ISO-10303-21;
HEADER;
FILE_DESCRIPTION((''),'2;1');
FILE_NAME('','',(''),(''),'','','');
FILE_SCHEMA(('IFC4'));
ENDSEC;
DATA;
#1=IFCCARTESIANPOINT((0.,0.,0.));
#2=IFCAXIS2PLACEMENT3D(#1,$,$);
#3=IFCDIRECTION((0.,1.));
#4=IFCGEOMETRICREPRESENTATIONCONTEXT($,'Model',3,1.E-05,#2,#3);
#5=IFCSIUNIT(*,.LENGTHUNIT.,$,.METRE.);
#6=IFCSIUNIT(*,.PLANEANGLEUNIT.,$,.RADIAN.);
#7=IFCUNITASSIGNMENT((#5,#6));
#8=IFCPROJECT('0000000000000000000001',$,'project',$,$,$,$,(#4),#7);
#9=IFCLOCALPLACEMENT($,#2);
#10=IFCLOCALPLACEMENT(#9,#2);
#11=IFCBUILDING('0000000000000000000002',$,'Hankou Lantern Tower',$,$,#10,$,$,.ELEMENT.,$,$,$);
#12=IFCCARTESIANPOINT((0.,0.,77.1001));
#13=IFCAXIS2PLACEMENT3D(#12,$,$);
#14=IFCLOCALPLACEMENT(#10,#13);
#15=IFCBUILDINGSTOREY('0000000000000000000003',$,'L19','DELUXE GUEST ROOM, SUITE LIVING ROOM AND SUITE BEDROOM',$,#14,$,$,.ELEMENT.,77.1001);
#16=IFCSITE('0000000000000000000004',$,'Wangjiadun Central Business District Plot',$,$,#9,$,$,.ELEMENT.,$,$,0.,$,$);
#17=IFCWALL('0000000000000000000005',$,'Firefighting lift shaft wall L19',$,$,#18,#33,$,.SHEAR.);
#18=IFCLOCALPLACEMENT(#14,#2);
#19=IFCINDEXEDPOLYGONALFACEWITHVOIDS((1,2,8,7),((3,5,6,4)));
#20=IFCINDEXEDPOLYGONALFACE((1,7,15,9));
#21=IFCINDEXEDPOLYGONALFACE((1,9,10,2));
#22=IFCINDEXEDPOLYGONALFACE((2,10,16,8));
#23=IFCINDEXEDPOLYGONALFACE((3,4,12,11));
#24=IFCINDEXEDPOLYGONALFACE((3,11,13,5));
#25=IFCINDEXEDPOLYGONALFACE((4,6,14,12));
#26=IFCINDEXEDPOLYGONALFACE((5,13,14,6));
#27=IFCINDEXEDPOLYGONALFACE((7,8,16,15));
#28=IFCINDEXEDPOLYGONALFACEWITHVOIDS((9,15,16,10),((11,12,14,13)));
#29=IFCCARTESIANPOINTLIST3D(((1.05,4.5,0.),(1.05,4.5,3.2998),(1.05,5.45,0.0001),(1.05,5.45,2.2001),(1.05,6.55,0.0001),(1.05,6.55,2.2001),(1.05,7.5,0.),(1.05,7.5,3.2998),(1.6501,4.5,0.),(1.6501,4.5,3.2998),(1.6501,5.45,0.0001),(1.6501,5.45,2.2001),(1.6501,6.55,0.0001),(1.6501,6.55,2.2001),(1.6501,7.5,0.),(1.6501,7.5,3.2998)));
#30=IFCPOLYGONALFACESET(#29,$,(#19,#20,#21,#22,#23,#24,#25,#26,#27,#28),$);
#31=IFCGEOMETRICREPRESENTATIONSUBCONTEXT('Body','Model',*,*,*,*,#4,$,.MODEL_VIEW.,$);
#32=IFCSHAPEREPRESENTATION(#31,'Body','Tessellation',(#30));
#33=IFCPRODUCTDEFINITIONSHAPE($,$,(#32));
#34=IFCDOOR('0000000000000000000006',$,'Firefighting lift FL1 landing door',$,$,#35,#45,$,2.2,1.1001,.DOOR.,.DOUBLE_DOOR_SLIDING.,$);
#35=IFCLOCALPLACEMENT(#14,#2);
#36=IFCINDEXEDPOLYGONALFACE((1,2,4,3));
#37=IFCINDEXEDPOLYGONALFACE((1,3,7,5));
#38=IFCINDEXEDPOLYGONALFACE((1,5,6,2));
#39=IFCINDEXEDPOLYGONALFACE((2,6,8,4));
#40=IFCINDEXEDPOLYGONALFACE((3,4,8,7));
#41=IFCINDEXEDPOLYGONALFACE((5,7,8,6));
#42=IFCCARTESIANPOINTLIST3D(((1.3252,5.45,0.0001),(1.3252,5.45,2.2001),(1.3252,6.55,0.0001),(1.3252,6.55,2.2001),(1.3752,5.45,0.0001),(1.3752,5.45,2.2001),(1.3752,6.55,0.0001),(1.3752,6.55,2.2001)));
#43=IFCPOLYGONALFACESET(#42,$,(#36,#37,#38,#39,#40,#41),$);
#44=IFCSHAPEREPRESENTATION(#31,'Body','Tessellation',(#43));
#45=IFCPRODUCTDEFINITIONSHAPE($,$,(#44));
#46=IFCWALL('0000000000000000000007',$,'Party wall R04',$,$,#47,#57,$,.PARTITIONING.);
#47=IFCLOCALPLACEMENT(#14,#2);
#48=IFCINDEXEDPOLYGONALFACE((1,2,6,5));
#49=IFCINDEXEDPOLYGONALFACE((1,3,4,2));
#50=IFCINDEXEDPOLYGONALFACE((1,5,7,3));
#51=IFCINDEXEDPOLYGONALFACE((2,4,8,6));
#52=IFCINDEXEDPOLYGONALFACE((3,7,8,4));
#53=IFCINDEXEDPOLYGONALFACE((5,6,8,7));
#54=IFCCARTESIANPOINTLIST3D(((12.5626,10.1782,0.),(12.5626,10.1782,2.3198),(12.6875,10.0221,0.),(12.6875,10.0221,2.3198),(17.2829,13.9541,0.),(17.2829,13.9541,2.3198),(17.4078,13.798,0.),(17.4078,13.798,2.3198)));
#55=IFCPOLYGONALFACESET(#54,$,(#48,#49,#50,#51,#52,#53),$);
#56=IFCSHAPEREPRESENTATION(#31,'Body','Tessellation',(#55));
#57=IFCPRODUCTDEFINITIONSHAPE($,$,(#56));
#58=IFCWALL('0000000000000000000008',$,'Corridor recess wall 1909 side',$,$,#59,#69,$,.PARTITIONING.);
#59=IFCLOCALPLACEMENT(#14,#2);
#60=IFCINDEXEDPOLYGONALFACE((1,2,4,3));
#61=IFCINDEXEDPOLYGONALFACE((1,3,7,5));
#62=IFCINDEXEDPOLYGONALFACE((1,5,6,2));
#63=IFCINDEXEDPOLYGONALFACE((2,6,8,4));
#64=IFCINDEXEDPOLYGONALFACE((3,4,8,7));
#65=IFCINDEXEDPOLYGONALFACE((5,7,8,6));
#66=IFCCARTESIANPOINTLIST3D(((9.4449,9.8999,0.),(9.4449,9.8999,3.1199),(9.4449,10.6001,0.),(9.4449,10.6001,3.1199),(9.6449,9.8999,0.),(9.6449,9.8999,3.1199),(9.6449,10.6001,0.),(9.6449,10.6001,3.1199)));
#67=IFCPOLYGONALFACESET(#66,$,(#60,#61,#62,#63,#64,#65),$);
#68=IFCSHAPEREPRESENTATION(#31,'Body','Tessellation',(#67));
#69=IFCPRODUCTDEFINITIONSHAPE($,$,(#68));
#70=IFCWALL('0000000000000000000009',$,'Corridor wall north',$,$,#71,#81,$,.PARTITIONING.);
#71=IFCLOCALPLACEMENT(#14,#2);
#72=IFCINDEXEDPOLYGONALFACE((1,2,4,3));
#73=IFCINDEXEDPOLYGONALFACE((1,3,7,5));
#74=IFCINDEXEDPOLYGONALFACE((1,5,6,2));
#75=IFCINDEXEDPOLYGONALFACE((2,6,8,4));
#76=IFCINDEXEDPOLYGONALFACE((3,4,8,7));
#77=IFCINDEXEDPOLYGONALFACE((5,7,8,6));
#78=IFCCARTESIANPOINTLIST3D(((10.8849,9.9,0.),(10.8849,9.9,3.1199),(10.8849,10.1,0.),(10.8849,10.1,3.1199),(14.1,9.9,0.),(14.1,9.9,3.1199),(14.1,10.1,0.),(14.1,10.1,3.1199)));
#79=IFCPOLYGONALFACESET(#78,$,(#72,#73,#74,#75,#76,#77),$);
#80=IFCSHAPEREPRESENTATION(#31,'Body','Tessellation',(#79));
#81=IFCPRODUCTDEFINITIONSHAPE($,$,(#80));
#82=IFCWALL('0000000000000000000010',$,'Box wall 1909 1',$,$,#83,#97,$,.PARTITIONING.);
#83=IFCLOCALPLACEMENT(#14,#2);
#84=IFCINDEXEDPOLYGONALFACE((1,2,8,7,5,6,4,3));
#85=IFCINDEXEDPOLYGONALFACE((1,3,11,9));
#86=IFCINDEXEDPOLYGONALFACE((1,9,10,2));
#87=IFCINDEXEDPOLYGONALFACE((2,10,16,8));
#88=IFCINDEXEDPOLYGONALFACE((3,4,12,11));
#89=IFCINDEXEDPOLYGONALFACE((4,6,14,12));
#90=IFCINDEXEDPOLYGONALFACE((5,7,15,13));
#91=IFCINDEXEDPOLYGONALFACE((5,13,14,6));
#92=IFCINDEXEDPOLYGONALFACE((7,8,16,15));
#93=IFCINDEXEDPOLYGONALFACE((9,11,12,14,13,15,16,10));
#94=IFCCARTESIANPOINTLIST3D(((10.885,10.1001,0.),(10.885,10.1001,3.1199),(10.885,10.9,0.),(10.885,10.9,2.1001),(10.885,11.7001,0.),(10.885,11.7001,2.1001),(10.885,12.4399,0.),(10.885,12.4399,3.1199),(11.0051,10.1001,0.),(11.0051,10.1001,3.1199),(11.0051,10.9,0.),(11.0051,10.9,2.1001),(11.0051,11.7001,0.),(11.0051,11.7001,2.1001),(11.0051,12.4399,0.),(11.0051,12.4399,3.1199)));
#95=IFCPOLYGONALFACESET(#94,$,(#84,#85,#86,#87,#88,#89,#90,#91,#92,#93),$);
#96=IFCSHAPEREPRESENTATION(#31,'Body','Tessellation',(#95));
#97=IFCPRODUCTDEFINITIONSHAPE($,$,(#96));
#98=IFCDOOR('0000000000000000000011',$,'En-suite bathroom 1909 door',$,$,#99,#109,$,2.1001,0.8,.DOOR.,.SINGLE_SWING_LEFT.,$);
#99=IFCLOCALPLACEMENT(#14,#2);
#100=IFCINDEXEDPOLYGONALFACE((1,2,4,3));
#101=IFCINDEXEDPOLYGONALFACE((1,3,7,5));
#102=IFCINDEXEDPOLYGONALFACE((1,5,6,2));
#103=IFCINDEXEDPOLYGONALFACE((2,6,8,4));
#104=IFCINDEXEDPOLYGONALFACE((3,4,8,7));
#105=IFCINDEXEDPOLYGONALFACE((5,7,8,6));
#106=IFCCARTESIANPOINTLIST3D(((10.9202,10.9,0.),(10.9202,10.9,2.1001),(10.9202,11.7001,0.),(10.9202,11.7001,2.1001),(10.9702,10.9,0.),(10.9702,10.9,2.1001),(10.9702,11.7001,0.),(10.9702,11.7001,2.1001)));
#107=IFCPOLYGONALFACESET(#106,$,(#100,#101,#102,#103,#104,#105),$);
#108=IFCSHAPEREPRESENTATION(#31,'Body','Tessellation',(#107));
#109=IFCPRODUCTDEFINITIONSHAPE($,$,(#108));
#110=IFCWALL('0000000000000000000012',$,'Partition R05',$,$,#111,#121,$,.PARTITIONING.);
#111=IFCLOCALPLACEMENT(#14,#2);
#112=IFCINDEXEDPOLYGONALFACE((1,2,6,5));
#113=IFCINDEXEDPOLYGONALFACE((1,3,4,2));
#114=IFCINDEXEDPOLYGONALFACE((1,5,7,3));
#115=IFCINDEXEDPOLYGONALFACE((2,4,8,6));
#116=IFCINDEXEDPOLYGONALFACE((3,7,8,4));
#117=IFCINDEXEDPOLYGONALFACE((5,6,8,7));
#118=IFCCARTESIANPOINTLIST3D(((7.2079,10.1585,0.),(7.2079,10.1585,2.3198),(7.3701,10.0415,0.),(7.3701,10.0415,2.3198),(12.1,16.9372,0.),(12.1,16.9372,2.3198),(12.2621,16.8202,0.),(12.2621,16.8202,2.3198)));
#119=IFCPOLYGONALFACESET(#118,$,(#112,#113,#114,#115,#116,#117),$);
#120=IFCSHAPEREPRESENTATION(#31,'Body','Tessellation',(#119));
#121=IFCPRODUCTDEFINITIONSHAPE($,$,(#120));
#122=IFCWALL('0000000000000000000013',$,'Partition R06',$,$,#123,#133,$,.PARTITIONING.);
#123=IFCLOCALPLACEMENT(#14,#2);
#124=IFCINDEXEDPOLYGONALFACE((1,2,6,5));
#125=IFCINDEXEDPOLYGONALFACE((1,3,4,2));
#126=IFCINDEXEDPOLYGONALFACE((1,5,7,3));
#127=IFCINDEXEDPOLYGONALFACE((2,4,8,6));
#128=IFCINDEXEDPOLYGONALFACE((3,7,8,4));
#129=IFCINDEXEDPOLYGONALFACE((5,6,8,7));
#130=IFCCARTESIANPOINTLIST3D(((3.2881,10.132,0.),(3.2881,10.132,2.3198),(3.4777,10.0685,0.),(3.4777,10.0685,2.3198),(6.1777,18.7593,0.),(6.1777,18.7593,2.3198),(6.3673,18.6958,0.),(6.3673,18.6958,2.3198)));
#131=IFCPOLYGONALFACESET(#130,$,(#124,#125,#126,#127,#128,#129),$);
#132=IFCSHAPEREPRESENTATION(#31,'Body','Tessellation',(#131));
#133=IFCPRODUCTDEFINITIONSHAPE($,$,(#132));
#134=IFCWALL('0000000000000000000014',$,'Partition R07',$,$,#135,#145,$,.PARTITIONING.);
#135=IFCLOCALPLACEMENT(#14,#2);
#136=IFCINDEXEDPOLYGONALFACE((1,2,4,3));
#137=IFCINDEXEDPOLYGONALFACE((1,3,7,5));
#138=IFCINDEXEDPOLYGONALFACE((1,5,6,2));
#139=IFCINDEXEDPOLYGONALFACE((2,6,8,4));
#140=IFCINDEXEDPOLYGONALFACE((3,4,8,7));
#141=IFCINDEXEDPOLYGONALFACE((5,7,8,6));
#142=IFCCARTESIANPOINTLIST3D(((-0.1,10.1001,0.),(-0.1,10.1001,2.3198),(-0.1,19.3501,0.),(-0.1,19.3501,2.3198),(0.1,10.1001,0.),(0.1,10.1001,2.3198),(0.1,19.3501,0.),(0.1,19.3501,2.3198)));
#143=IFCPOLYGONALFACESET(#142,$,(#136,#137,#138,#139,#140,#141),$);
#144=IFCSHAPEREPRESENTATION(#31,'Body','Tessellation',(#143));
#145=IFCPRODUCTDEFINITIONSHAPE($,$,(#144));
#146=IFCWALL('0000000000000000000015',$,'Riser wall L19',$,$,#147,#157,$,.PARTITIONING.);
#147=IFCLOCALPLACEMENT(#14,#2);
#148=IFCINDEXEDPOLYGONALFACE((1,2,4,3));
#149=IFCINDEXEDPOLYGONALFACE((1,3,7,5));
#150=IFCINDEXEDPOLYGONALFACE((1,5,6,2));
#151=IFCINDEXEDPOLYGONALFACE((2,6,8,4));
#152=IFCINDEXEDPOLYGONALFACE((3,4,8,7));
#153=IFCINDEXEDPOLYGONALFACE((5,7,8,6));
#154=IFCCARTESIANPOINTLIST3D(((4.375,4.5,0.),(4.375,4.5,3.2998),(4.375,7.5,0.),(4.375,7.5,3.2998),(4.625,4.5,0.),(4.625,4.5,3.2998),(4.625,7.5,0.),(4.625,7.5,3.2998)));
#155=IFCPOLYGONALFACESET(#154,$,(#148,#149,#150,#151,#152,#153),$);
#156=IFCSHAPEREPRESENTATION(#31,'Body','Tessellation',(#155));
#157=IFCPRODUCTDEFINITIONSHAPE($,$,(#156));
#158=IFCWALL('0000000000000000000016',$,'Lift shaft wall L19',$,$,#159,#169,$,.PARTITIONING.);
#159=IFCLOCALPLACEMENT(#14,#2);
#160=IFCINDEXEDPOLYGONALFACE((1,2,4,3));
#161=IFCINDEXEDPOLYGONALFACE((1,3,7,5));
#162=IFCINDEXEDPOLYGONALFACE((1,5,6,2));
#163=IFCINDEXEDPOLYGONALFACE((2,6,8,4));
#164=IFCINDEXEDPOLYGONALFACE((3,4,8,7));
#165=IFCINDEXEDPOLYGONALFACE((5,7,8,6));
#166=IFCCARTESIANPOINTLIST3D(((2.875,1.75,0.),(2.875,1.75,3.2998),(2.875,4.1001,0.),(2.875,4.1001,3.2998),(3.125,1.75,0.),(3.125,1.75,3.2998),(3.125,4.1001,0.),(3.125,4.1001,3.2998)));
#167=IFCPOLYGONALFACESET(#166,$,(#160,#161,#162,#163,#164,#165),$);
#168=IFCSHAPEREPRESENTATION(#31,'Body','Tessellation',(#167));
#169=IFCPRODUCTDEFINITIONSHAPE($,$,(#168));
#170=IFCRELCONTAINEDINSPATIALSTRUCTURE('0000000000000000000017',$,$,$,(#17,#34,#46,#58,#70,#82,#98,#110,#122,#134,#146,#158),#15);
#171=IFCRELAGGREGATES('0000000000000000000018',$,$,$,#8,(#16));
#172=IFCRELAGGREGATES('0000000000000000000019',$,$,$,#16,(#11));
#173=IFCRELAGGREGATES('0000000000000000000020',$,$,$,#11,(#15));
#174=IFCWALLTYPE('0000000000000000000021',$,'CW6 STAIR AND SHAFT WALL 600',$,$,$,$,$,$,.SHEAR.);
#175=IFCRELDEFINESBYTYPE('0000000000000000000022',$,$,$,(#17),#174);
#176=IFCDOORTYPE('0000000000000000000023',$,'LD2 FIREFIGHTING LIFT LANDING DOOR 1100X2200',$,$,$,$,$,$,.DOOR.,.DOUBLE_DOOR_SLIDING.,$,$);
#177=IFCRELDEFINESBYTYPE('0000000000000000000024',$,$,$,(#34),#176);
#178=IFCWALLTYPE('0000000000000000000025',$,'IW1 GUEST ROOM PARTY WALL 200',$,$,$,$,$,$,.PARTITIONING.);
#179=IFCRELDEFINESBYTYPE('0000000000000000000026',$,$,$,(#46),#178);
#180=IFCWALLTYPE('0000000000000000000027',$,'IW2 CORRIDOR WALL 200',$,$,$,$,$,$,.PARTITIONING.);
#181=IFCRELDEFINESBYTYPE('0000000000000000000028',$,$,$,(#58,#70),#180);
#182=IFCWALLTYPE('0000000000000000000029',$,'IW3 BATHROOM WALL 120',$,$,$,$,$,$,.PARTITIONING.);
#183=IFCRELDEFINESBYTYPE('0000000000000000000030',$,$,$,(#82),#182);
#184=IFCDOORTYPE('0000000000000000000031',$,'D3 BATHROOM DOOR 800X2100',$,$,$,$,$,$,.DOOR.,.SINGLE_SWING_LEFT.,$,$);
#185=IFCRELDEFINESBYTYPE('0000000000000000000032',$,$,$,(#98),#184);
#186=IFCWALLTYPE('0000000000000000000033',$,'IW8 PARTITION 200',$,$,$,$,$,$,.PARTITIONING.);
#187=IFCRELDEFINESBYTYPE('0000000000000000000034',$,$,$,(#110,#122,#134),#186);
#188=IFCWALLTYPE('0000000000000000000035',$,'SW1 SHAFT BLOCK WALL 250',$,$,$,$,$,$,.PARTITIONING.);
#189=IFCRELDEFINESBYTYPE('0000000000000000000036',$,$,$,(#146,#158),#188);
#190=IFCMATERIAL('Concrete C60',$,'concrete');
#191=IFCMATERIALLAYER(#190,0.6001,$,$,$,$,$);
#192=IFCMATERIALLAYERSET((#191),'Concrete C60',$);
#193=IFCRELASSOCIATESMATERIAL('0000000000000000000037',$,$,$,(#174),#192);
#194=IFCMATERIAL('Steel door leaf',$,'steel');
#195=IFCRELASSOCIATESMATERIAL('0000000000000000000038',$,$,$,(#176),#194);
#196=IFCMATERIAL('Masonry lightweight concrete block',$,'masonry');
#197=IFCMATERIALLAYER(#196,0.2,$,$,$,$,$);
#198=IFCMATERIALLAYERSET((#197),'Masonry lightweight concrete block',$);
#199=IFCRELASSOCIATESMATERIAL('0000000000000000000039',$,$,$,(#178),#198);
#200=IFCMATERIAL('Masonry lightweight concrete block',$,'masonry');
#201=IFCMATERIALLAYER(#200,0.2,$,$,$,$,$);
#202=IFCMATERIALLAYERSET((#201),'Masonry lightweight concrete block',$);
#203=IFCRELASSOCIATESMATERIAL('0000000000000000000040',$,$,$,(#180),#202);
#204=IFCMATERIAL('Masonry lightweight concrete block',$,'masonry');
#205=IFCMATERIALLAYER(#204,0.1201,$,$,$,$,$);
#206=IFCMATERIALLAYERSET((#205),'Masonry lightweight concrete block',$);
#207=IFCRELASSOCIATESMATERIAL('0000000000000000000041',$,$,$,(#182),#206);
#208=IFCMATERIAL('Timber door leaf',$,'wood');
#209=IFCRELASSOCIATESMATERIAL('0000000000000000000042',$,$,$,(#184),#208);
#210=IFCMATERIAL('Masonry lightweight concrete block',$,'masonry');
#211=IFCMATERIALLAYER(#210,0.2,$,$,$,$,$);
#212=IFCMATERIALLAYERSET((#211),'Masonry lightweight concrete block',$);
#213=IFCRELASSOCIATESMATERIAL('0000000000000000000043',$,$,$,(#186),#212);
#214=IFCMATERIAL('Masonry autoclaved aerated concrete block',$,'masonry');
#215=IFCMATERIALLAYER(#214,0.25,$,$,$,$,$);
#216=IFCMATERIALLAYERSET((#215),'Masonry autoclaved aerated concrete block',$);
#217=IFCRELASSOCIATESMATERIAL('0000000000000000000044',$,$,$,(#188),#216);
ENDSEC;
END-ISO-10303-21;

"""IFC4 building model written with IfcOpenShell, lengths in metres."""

from ifc_helpers import new_model, si_unit, direction, frame, frame_2d, origin, place, context, subcontext, project, spatial, rectangle, extrude, material, layer, layer_set, type_object, element, fill, save


model = new_model("IFC4")

# Units and contexts
model_context = context("Model", 3, precision=1e-05, world=origin(), true_north=direction((0.0, 1.0)))
body_context = subcontext(model_context, "Body", "Model", "MODEL_VIEW")
ifc_project = project(units=[si_unit("LENGTHUNIT", "METRE"), si_unit("PLANEANGLEUNIT", "RADIAN")], contexts=[model_context])

# Site, building, storey
site_placement = place(None, origin())
site = spatial("IfcSite", under=ifc_project, at=site_placement, Name="Wangjiadun Central Business District Plot", CompositionType="ELEMENT", RefElevation=0.0)
building_placement = place(site_placement, origin())
building = spatial("IfcBuilding", under=site, at=building_placement, Name="Hankou Lantern Tower", CompositionType="ELEMENT")
storey_placement = place(building_placement, frame((0.0, 0.0, 77.1001)))
storey = spatial("IfcBuildingStorey", under=building, at=storey_placement, Name="L19", Description="DELUXE GUEST ROOM, SUITE LIVING ROOM AND SUITE BEDROOM", CompositionType="ELEMENT", Elevation=77.1001)

# Wall, opening, door
ifc_material_1 = material(Name="Concrete C60", Category="concrete")
ifc_layer_1 = layer(ifc_material_1, 0.6001)
ifc_layer_set_1 = layer_set([ifc_layer_1], Name="Concrete C60")
wall_type_1 = type_object("IfcWallType", Name="CW6 STAIR AND SHAFT WALL 600", PredefinedType="SHEAR", material=ifc_layer_set_1)
wall_1_placement = place(storey_placement, frame((1.3501, 4.5, 0.0), z_axis=(0.0, 0.0, 1.0), x_axis=(0.0, 1.0, 0.0)))
wall_1 = element("IfcWall", 1, at=wall_1_placement, inside=storey, type_object=wall_type_1, Name="Firefighting lift shaft wall L19", PredefinedType="SHEAR", context=body_context, shape_type="SweptSolid", body=[
    extrude(rectangle(XDim=3.0, YDim=0.6001, at=frame_2d((1.5, 0.0))), origin(), (0.0, 0.0, 1.0), 3.2998),
])
opening_1_placement = place(wall_1_placement, frame((0.95, 0.0, 0.0)))
opening_1 = element("IfcOpeningElement", 2, at=opening_1_placement, cuts=wall_1, PredefinedType="OPENING", context=body_context, shape_type="SweptSolid", body=[
    extrude(rectangle(XDim=1.1001, YDim=2.2, at=frame_2d((0.55, 1.1001))), frame((0.0, 0.3101, 0.0), z_axis=(0.0, -1.0, 0.0), x_axis=(1.0, 0.0, 0.0)), (0.0, 0.0, 1.0), 0.6201),
])
ifc_material_2 = material(Name="Steel door leaf", Category="steel")
door_type_1 = type_object("IfcDoorType", Name="LD2 FIREFIGHTING LIFT LANDING DOOR 1100X2200", OperationType="DOUBLE_DOOR_SLIDING", PredefinedType="DOOR", material=ifc_material_2)
door_1_placement = place(opening_1_placement, origin())
door_1 = element("IfcDoor", 3, at=door_1_placement, inside=storey, type_object=door_type_1, Name="Firefighting lift FL1 landing door", OperationType="DOUBLE_DOOR_SLIDING", OverallHeight=2.2, OverallWidth=1.1001, PredefinedType="DOOR", context=body_context, shape_type="SweptSolid", body=[
    extrude(rectangle(XDim=1.1001, YDim=2.2, at=frame_2d((0.55, 1.1001))), frame((0.0, 0.0249, 0.0), z_axis=(0.0, -1.0, 0.0), x_axis=(1.0, 0.0, 0.0)), (0.0, 0.0, 1.0), 0.05),
])
fill(opening_1, door_1)

# Walls
ifc_material_3 = material(Name="Masonry lightweight concrete block", Category="masonry")
ifc_layer_2 = layer(ifc_material_3, 0.2)
ifc_layer_set_2 = layer_set([ifc_layer_2], Name="Masonry lightweight concrete block")
wall_type_2 = type_object("IfcWallType", Name="IW1 GUEST ROOM PARTY WALL 200", PredefinedType="PARTITIONING", material=ifc_layer_set_2)
wall_2_placement = place(storey_placement, frame((12.625, 10.1001, 0.0), z_axis=(0.0, 0.0, 1.0), x_axis=(0.780892, 0.624665, 0.0)))
element("IfcWall", 4, at=wall_2_placement, inside=storey, type_object=wall_type_2, Name="Party wall R04", PredefinedType="PARTITIONING", context=body_context, shape_type="SweptSolid", body=[
    extrude(rectangle(XDim=6.0447, YDim=0.2, at=frame_2d((3.0225, 0.0))), origin(), (0.0, 0.0, 1.0), 2.3198),
])
ifc_material_4 = material(Name="Masonry lightweight concrete block", Category="masonry")
ifc_layer_3 = layer(ifc_material_4, 0.2)
ifc_layer_set_3 = layer_set([ifc_layer_3], Name="Masonry lightweight concrete block")
wall_type_3 = type_object("IfcWallType", Name="IW2 CORRIDOR WALL 200", PredefinedType="PARTITIONING", material=ifc_layer_set_3)
wall_3_placement = place(storey_placement, frame((9.5449, 9.8999, 0.0), z_axis=(0.0, 0.0, 1.0), x_axis=(0.0, 1.0, 0.0)))
element("IfcWall", 5, at=wall_3_placement, inside=storey, type_object=wall_type_3, Name="Corridor recess wall 1909 side", PredefinedType="PARTITIONING", context=body_context, shape_type="SweptSolid", body=[
    extrude(rectangle(XDim=0.7002, YDim=0.2, at=frame_2d((0.3501, 0.0))), origin(), (0.0, 0.0, 1.0), 3.1199),
])
wall_4_placement = place(storey_placement, frame((10.885, 10.0, 0.0), z_axis=(0.0, 0.0, 1.0), x_axis=(1.0, 0.0, 0.0)))
element("IfcWall", 6, at=wall_4_placement, inside=storey, type_object=wall_type_3, Name="Corridor wall north", PredefinedType="PARTITIONING", context=body_context, shape_type="SweptSolid", body=[
    extrude(rectangle(XDim=3.2151, YDim=0.2, at=frame_2d((1.6074, 0.0))), origin(), (0.0, 0.0, 1.0), 3.1199),
])

# Wall, opening, door
ifc_material_5 = material(Name="Masonry lightweight concrete block", Category="masonry")
ifc_layer_4 = layer(ifc_material_5, 0.1201)
ifc_layer_set_4 = layer_set([ifc_layer_4], Name="Masonry lightweight concrete block")
wall_type_4 = type_object("IfcWallType", Name="IW3 BATHROOM WALL 120", PredefinedType="PARTITIONING", material=ifc_layer_set_4)
wall_5_placement = place(storey_placement, frame((10.9451, 10.1001, 0.0), z_axis=(0.0, 0.0, 1.0), x_axis=(0.0, 1.0, 0.0)))
wall_5 = element("IfcWall", 7, at=wall_5_placement, inside=storey, type_object=wall_type_4, Name="Box wall 1909 1", PredefinedType="PARTITIONING", context=body_context, shape_type="SweptSolid", body=[
    extrude(rectangle(XDim=2.3398, YDim=0.1201, at=frame_2d((1.1699, 0.0))), origin(), (0.0, 0.0, 1.0), 3.1199),
])
opening_2_placement = place(wall_5_placement, frame((0.8, 0.0, 0.0)))
opening_2 = element("IfcOpeningElement", 8, at=opening_2_placement, cuts=wall_5, PredefinedType="OPENING", context=body_context, shape_type="SweptSolid", body=[
    extrude(rectangle(XDim=0.8, YDim=2.1001, at=frame_2d((0.3999, 1.05))), frame((0.0, 0.0701, 0.0), z_axis=(0.0, -1.0, 0.0), x_axis=(1.0, 0.0, 0.0)), (0.0, 0.0, 1.0), 0.1401),
])
ifc_material_6 = material(Name="Timber door leaf", Category="wood")
door_type_2 = type_object("IfcDoorType", Name="D3 BATHROOM DOOR 800X2100", OperationType="SINGLE_SWING_LEFT", PredefinedType="DOOR", material=ifc_material_6)
door_2_placement = place(opening_2_placement, origin())
door_2 = element("IfcDoor", 9, at=door_2_placement, inside=storey, type_object=door_type_2, Name="En-suite bathroom 1909 door", OperationType="SINGLE_SWING_LEFT", OverallHeight=2.1001, OverallWidth=0.8, PredefinedType="DOOR", context=body_context, shape_type="SweptSolid", body=[
    extrude(rectangle(XDim=0.8, YDim=2.1001, at=frame_2d((0.3999, 1.05))), frame((0.0, 0.0249, 0.0), z_axis=(0.0, -1.0, 0.0), x_axis=(1.0, 0.0, 0.0)), (0.0, 0.0, 1.0), 0.05),
])
fill(opening_2, door_2)

# Walls
ifc_material_7 = material(Name="Masonry lightweight concrete block", Category="masonry")
ifc_layer_5 = layer(ifc_material_7, 0.2)
ifc_layer_set_5 = layer_set([ifc_layer_5], Name="Masonry lightweight concrete block")
wall_type_5 = type_object("IfcWallType", Name="IW8 PARTITION 200", PredefinedType="PARTITIONING", material=ifc_layer_set_5)
wall_6_placement = place(storey_placement, frame((7.2891, 10.1001, 0.0), z_axis=(0.0, 0.0, 1.0), x_axis=(0.585198, 0.81089, 0.0)))
element("IfcWall", 10, at=wall_6_placement, inside=storey, type_object=wall_type_5, Name="Partition R05", PredefinedType="PARTITIONING", context=body_context, shape_type="SweptSolid", body=[
    extrude(rectangle(XDim=8.3596, YDim=0.2, at=frame_2d((4.1797, 0.0))), origin(), (0.0, 0.0, 1.0), 2.3198),
])
wall_7_placement = place(storey_placement, frame((3.3828, 10.1001, 0.0), z_axis=(0.0, 0.0, 1.0), x_axis=(0.317596, 0.948226, 0.0)))
element("IfcWall", 11, at=wall_7_placement, inside=storey, type_object=wall_type_5, Name="Partition R06", PredefinedType="PARTITIONING", context=body_context, shape_type="SweptSolid", body=[
    extrude(rectangle(XDim=9.0984, YDim=0.2, at=frame_2d((4.5493, 0.0))), origin(), (0.0, 0.0, 1.0), 2.3198),
])
wall_8_placement = place(storey_placement, frame((0.0, 10.1001, 0.0), z_axis=(0.0, 0.0, 1.0), x_axis=(0.0, 1.0, 0.0)))
element("IfcWall", 12, at=wall_8_placement, inside=storey, type_object=wall_type_5, Name="Partition R07", PredefinedType="PARTITIONING", context=body_context, shape_type="SweptSolid", body=[
    extrude(rectangle(XDim=9.25, YDim=0.2, at=frame_2d((4.625, 0.0))), origin(), (0.0, 0.0, 1.0), 2.3198),
])
ifc_material_8 = material(Name="Masonry autoclaved aerated concrete block", Category="masonry")
ifc_layer_6 = layer(ifc_material_8, 0.25)
ifc_layer_set_6 = layer_set([ifc_layer_6], Name="Masonry autoclaved aerated concrete block")
wall_type_6 = type_object("IfcWallType", Name="SW1 SHAFT BLOCK WALL 250", PredefinedType="PARTITIONING", material=ifc_layer_set_6)
wall_9_placement = place(storey_placement, frame((4.5, 4.5, 0.0), z_axis=(0.0, 0.0, 1.0), x_axis=(0.0, 1.0, 0.0)))
element("IfcWall", 13, at=wall_9_placement, inside=storey, type_object=wall_type_6, Name="Riser wall L19", PredefinedType="PARTITIONING", context=body_context, shape_type="SweptSolid", body=[
    extrude(rectangle(XDim=3.0, YDim=0.25, at=frame_2d((1.5, 0.0))), origin(), (0.0, 0.0, 1.0), 3.2998),
])
for number, where, z_axis, x_axis, name in (
    (14, (3.0, 1.75, 0.0), (0.0, 0.0, 1.0), (0.0, 1.0, 0.0), "Lift shaft wall L19"),
):
    element("IfcWall", number, at=place(storey_placement, frame(where, z_axis=z_axis, x_axis=x_axis)), inside=storey, type_object=wall_type_6, Name=name, PredefinedType="PARTITIONING", context=body_context, shape_type="SweptSolid", body=[
        extrude(rectangle(XDim=2.3501, YDim=0.25, at=frame_2d((1.175, 0.0))), origin(), (0.0, 0.0, 1.0), 3.2998),
    ])

save(model, "model.ifc")
